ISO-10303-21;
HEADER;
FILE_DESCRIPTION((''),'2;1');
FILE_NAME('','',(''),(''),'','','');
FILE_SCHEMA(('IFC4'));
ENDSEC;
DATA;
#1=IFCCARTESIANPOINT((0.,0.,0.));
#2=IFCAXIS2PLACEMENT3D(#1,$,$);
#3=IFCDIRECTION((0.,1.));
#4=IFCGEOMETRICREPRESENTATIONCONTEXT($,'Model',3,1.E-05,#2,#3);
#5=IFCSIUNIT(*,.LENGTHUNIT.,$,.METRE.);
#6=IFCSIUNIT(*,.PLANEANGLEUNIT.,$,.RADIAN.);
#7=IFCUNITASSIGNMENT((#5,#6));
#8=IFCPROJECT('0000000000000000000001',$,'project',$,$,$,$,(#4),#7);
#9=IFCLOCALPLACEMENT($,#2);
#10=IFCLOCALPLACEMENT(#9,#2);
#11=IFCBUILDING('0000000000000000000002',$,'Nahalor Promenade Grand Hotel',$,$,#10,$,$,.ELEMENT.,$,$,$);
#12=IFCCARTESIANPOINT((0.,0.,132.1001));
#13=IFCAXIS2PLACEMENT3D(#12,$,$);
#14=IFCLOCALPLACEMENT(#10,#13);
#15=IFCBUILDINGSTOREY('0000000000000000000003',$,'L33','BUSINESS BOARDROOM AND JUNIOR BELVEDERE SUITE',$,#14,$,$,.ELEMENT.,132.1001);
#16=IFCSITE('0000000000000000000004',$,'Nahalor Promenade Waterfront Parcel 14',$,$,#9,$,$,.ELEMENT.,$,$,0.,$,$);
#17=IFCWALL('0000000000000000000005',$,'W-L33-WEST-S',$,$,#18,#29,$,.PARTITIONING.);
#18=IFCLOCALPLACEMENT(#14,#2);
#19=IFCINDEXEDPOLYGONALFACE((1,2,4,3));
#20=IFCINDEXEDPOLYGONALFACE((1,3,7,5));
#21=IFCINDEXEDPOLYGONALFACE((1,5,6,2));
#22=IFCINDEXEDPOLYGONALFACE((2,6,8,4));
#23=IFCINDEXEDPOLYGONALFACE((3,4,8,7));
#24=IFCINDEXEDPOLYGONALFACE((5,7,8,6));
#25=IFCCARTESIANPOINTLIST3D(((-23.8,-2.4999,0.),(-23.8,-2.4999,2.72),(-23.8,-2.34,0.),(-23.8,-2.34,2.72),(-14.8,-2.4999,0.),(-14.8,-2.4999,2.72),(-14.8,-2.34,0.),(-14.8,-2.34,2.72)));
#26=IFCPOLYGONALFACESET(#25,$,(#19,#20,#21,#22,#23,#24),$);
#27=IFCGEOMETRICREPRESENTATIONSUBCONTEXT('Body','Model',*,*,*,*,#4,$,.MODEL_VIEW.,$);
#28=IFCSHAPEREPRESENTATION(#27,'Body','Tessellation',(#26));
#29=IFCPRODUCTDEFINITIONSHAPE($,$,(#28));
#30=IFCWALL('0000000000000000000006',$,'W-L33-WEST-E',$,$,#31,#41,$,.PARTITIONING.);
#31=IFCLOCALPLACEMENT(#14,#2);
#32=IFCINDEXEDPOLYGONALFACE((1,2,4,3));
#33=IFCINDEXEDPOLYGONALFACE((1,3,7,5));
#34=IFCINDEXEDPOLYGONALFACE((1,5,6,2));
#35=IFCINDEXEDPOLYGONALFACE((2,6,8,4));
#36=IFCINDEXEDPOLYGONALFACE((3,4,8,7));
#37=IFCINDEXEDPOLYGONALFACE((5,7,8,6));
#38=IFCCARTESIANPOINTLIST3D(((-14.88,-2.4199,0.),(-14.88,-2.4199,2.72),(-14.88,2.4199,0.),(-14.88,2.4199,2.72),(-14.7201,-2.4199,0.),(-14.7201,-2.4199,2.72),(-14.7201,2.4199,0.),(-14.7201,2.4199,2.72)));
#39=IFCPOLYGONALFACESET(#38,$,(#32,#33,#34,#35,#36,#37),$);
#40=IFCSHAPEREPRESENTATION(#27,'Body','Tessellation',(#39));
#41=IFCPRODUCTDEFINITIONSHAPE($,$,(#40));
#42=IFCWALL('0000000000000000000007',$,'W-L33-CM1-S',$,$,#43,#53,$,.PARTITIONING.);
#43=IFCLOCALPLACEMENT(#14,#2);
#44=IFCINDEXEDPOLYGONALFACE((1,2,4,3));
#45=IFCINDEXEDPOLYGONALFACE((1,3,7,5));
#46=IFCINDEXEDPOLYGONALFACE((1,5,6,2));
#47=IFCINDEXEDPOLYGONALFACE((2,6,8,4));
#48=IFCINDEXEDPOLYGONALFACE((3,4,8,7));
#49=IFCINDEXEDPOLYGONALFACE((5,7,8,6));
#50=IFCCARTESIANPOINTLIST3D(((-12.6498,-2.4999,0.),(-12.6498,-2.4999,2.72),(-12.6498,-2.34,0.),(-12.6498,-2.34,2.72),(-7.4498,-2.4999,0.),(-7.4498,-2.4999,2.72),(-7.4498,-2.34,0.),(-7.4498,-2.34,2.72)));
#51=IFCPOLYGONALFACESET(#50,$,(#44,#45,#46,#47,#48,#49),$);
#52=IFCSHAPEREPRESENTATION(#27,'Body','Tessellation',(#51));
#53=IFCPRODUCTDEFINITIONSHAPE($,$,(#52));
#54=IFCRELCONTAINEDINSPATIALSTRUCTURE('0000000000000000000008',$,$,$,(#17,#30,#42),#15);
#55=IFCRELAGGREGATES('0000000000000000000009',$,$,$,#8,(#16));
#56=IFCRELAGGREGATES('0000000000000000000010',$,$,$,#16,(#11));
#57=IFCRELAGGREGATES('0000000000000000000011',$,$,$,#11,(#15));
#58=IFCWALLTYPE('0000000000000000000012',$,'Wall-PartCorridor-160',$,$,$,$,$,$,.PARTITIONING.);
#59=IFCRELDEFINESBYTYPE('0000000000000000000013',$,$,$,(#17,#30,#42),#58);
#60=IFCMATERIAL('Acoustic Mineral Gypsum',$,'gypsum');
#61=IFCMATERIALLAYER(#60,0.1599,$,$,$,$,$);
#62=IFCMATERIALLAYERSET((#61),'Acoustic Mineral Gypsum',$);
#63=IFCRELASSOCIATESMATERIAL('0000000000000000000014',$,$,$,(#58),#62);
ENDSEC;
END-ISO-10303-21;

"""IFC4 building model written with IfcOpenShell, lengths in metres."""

from ifc_helpers import new_model, si_unit, direction, frame, frame_2d, origin, place, context, subcontext, project, spatial, rectangle, extrude, source, transform, mapped, material, layer, layer_set, type_object, element, save


model = new_model("IFC4")

# Units and contexts
model_context = context("Model", 3, precision=1e-05, world=origin(), true_north=direction((0.0, 1.0)))
body_context = subcontext(model_context, "Body", "Model", "MODEL_VIEW")
ifc_project = project(units=[si_unit("LENGTHUNIT", "METRE"), si_unit("PLANEANGLEUNIT", "RADIAN")], contexts=[model_context])

# Site, building, storey
site_placement = place(None, origin())
site = spatial("IfcSite", under=ifc_project, at=site_placement, Name="Nahalor Promenade Waterfront Parcel 14", CompositionType="ELEMENT", RefElevation=0.0)
building_placement = place(site_placement, origin())
building = spatial("IfcBuilding", under=site, at=building_placement, Name="Nahalor Promenade Grand Hotel", CompositionType="ELEMENT")
storey_placement = place(building_placement, frame((0.0, 0.0, 132.1001)))
storey = spatial("IfcBuildingStorey", under=building, at=storey_placement, Name="L33", Description="BUSINESS BOARDROOM AND JUNIOR BELVEDERE SUITE", CompositionType="ELEMENT", Elevation=132.1001)

# Shared definitions
ifc_material_1 = material(Name="Acoustic Mineral Gypsum", Category="gypsum")
ifc_layer_1 = layer(ifc_material_1, 0.1599)
ifc_layer_set_1 = layer_set([ifc_layer_1], Name="Acoustic Mineral Gypsum")
wall_type = type_object("IfcWallType", Name="Wall-PartCorridor-160", PredefinedType="PARTITIONING", material=ifc_layer_set_1)

# Walls
shared_shape_1 = source(origin(), body_context, "Body", "SweptSolid", [
    extrude(rectangle(XDim=9.0, YDim=0.1599, at=frame_2d((4.5, 0.0))), origin(), (0.0, 0.0, 1.0), 2.72),
])
wall_1_placement = place(storey_placement, frame((-23.8, -2.4199, 0.0), z_axis=(0.0, 0.0, 1.0), x_axis=(1.0, 0.0, 0.0)))
element("IfcWall", 1, at=wall_1_placement, inside=storey, type_object=wall_type, Name="W-L33-WEST-S", PredefinedType="PARTITIONING", context=body_context, shape_type="MappedRepresentation", body=[
    mapped(shared_shape_1, transform((0.0, 0.0, 0.0), scale=1.0)),
])
shared_shape_2 = source(origin(), body_context, "Body", "SweptSolid", [
    extrude(rectangle(XDim=4.8398, YDim=0.1599, at=frame_2d((2.4199, 0.0))), origin(), (0.0, 0.0, 1.0), 2.72),
])
wall_2_placement = place(storey_placement, frame((-14.8, -2.4199, 0.0), z_axis=(0.0, 0.0, 1.0), x_axis=(0.0, 1.0, 0.0)))
element("IfcWall", 2, at=wall_2_placement, inside=storey, type_object=wall_type, Name="W-L33-WEST-E", PredefinedType="PARTITIONING", context=body_context, shape_type="MappedRepresentation", body=[
    mapped(shared_shape_2, transform((0.0, 0.0, 0.0), scale=1.0)),
])
shared_shape_3 = source(origin(), body_context, "Body", "SweptSolid", [
    extrude(rectangle(XDim=5.2, YDim=0.1599, at=frame_2d((2.6001, 0.0))), origin(), (0.0, 0.0, 1.0), 2.72),
])
wall_3_placement = place(storey_placement, frame((-12.6499, -2.4199, 0.0), z_axis=(0.0, 0.0, 1.0), x_axis=(1.0, 0.0, 0.0)))
element("IfcWall", 3, at=wall_3_placement, inside=storey, type_object=wall_type, Name="W-L33-CM1-S", PredefinedType="PARTITIONING", context=body_context, shape_type="MappedRepresentation", body=[
    mapped(shared_shape_3, transform((0.0, 0.0, 0.0), scale=1.0)),
])

save(model, "model.ifc")
